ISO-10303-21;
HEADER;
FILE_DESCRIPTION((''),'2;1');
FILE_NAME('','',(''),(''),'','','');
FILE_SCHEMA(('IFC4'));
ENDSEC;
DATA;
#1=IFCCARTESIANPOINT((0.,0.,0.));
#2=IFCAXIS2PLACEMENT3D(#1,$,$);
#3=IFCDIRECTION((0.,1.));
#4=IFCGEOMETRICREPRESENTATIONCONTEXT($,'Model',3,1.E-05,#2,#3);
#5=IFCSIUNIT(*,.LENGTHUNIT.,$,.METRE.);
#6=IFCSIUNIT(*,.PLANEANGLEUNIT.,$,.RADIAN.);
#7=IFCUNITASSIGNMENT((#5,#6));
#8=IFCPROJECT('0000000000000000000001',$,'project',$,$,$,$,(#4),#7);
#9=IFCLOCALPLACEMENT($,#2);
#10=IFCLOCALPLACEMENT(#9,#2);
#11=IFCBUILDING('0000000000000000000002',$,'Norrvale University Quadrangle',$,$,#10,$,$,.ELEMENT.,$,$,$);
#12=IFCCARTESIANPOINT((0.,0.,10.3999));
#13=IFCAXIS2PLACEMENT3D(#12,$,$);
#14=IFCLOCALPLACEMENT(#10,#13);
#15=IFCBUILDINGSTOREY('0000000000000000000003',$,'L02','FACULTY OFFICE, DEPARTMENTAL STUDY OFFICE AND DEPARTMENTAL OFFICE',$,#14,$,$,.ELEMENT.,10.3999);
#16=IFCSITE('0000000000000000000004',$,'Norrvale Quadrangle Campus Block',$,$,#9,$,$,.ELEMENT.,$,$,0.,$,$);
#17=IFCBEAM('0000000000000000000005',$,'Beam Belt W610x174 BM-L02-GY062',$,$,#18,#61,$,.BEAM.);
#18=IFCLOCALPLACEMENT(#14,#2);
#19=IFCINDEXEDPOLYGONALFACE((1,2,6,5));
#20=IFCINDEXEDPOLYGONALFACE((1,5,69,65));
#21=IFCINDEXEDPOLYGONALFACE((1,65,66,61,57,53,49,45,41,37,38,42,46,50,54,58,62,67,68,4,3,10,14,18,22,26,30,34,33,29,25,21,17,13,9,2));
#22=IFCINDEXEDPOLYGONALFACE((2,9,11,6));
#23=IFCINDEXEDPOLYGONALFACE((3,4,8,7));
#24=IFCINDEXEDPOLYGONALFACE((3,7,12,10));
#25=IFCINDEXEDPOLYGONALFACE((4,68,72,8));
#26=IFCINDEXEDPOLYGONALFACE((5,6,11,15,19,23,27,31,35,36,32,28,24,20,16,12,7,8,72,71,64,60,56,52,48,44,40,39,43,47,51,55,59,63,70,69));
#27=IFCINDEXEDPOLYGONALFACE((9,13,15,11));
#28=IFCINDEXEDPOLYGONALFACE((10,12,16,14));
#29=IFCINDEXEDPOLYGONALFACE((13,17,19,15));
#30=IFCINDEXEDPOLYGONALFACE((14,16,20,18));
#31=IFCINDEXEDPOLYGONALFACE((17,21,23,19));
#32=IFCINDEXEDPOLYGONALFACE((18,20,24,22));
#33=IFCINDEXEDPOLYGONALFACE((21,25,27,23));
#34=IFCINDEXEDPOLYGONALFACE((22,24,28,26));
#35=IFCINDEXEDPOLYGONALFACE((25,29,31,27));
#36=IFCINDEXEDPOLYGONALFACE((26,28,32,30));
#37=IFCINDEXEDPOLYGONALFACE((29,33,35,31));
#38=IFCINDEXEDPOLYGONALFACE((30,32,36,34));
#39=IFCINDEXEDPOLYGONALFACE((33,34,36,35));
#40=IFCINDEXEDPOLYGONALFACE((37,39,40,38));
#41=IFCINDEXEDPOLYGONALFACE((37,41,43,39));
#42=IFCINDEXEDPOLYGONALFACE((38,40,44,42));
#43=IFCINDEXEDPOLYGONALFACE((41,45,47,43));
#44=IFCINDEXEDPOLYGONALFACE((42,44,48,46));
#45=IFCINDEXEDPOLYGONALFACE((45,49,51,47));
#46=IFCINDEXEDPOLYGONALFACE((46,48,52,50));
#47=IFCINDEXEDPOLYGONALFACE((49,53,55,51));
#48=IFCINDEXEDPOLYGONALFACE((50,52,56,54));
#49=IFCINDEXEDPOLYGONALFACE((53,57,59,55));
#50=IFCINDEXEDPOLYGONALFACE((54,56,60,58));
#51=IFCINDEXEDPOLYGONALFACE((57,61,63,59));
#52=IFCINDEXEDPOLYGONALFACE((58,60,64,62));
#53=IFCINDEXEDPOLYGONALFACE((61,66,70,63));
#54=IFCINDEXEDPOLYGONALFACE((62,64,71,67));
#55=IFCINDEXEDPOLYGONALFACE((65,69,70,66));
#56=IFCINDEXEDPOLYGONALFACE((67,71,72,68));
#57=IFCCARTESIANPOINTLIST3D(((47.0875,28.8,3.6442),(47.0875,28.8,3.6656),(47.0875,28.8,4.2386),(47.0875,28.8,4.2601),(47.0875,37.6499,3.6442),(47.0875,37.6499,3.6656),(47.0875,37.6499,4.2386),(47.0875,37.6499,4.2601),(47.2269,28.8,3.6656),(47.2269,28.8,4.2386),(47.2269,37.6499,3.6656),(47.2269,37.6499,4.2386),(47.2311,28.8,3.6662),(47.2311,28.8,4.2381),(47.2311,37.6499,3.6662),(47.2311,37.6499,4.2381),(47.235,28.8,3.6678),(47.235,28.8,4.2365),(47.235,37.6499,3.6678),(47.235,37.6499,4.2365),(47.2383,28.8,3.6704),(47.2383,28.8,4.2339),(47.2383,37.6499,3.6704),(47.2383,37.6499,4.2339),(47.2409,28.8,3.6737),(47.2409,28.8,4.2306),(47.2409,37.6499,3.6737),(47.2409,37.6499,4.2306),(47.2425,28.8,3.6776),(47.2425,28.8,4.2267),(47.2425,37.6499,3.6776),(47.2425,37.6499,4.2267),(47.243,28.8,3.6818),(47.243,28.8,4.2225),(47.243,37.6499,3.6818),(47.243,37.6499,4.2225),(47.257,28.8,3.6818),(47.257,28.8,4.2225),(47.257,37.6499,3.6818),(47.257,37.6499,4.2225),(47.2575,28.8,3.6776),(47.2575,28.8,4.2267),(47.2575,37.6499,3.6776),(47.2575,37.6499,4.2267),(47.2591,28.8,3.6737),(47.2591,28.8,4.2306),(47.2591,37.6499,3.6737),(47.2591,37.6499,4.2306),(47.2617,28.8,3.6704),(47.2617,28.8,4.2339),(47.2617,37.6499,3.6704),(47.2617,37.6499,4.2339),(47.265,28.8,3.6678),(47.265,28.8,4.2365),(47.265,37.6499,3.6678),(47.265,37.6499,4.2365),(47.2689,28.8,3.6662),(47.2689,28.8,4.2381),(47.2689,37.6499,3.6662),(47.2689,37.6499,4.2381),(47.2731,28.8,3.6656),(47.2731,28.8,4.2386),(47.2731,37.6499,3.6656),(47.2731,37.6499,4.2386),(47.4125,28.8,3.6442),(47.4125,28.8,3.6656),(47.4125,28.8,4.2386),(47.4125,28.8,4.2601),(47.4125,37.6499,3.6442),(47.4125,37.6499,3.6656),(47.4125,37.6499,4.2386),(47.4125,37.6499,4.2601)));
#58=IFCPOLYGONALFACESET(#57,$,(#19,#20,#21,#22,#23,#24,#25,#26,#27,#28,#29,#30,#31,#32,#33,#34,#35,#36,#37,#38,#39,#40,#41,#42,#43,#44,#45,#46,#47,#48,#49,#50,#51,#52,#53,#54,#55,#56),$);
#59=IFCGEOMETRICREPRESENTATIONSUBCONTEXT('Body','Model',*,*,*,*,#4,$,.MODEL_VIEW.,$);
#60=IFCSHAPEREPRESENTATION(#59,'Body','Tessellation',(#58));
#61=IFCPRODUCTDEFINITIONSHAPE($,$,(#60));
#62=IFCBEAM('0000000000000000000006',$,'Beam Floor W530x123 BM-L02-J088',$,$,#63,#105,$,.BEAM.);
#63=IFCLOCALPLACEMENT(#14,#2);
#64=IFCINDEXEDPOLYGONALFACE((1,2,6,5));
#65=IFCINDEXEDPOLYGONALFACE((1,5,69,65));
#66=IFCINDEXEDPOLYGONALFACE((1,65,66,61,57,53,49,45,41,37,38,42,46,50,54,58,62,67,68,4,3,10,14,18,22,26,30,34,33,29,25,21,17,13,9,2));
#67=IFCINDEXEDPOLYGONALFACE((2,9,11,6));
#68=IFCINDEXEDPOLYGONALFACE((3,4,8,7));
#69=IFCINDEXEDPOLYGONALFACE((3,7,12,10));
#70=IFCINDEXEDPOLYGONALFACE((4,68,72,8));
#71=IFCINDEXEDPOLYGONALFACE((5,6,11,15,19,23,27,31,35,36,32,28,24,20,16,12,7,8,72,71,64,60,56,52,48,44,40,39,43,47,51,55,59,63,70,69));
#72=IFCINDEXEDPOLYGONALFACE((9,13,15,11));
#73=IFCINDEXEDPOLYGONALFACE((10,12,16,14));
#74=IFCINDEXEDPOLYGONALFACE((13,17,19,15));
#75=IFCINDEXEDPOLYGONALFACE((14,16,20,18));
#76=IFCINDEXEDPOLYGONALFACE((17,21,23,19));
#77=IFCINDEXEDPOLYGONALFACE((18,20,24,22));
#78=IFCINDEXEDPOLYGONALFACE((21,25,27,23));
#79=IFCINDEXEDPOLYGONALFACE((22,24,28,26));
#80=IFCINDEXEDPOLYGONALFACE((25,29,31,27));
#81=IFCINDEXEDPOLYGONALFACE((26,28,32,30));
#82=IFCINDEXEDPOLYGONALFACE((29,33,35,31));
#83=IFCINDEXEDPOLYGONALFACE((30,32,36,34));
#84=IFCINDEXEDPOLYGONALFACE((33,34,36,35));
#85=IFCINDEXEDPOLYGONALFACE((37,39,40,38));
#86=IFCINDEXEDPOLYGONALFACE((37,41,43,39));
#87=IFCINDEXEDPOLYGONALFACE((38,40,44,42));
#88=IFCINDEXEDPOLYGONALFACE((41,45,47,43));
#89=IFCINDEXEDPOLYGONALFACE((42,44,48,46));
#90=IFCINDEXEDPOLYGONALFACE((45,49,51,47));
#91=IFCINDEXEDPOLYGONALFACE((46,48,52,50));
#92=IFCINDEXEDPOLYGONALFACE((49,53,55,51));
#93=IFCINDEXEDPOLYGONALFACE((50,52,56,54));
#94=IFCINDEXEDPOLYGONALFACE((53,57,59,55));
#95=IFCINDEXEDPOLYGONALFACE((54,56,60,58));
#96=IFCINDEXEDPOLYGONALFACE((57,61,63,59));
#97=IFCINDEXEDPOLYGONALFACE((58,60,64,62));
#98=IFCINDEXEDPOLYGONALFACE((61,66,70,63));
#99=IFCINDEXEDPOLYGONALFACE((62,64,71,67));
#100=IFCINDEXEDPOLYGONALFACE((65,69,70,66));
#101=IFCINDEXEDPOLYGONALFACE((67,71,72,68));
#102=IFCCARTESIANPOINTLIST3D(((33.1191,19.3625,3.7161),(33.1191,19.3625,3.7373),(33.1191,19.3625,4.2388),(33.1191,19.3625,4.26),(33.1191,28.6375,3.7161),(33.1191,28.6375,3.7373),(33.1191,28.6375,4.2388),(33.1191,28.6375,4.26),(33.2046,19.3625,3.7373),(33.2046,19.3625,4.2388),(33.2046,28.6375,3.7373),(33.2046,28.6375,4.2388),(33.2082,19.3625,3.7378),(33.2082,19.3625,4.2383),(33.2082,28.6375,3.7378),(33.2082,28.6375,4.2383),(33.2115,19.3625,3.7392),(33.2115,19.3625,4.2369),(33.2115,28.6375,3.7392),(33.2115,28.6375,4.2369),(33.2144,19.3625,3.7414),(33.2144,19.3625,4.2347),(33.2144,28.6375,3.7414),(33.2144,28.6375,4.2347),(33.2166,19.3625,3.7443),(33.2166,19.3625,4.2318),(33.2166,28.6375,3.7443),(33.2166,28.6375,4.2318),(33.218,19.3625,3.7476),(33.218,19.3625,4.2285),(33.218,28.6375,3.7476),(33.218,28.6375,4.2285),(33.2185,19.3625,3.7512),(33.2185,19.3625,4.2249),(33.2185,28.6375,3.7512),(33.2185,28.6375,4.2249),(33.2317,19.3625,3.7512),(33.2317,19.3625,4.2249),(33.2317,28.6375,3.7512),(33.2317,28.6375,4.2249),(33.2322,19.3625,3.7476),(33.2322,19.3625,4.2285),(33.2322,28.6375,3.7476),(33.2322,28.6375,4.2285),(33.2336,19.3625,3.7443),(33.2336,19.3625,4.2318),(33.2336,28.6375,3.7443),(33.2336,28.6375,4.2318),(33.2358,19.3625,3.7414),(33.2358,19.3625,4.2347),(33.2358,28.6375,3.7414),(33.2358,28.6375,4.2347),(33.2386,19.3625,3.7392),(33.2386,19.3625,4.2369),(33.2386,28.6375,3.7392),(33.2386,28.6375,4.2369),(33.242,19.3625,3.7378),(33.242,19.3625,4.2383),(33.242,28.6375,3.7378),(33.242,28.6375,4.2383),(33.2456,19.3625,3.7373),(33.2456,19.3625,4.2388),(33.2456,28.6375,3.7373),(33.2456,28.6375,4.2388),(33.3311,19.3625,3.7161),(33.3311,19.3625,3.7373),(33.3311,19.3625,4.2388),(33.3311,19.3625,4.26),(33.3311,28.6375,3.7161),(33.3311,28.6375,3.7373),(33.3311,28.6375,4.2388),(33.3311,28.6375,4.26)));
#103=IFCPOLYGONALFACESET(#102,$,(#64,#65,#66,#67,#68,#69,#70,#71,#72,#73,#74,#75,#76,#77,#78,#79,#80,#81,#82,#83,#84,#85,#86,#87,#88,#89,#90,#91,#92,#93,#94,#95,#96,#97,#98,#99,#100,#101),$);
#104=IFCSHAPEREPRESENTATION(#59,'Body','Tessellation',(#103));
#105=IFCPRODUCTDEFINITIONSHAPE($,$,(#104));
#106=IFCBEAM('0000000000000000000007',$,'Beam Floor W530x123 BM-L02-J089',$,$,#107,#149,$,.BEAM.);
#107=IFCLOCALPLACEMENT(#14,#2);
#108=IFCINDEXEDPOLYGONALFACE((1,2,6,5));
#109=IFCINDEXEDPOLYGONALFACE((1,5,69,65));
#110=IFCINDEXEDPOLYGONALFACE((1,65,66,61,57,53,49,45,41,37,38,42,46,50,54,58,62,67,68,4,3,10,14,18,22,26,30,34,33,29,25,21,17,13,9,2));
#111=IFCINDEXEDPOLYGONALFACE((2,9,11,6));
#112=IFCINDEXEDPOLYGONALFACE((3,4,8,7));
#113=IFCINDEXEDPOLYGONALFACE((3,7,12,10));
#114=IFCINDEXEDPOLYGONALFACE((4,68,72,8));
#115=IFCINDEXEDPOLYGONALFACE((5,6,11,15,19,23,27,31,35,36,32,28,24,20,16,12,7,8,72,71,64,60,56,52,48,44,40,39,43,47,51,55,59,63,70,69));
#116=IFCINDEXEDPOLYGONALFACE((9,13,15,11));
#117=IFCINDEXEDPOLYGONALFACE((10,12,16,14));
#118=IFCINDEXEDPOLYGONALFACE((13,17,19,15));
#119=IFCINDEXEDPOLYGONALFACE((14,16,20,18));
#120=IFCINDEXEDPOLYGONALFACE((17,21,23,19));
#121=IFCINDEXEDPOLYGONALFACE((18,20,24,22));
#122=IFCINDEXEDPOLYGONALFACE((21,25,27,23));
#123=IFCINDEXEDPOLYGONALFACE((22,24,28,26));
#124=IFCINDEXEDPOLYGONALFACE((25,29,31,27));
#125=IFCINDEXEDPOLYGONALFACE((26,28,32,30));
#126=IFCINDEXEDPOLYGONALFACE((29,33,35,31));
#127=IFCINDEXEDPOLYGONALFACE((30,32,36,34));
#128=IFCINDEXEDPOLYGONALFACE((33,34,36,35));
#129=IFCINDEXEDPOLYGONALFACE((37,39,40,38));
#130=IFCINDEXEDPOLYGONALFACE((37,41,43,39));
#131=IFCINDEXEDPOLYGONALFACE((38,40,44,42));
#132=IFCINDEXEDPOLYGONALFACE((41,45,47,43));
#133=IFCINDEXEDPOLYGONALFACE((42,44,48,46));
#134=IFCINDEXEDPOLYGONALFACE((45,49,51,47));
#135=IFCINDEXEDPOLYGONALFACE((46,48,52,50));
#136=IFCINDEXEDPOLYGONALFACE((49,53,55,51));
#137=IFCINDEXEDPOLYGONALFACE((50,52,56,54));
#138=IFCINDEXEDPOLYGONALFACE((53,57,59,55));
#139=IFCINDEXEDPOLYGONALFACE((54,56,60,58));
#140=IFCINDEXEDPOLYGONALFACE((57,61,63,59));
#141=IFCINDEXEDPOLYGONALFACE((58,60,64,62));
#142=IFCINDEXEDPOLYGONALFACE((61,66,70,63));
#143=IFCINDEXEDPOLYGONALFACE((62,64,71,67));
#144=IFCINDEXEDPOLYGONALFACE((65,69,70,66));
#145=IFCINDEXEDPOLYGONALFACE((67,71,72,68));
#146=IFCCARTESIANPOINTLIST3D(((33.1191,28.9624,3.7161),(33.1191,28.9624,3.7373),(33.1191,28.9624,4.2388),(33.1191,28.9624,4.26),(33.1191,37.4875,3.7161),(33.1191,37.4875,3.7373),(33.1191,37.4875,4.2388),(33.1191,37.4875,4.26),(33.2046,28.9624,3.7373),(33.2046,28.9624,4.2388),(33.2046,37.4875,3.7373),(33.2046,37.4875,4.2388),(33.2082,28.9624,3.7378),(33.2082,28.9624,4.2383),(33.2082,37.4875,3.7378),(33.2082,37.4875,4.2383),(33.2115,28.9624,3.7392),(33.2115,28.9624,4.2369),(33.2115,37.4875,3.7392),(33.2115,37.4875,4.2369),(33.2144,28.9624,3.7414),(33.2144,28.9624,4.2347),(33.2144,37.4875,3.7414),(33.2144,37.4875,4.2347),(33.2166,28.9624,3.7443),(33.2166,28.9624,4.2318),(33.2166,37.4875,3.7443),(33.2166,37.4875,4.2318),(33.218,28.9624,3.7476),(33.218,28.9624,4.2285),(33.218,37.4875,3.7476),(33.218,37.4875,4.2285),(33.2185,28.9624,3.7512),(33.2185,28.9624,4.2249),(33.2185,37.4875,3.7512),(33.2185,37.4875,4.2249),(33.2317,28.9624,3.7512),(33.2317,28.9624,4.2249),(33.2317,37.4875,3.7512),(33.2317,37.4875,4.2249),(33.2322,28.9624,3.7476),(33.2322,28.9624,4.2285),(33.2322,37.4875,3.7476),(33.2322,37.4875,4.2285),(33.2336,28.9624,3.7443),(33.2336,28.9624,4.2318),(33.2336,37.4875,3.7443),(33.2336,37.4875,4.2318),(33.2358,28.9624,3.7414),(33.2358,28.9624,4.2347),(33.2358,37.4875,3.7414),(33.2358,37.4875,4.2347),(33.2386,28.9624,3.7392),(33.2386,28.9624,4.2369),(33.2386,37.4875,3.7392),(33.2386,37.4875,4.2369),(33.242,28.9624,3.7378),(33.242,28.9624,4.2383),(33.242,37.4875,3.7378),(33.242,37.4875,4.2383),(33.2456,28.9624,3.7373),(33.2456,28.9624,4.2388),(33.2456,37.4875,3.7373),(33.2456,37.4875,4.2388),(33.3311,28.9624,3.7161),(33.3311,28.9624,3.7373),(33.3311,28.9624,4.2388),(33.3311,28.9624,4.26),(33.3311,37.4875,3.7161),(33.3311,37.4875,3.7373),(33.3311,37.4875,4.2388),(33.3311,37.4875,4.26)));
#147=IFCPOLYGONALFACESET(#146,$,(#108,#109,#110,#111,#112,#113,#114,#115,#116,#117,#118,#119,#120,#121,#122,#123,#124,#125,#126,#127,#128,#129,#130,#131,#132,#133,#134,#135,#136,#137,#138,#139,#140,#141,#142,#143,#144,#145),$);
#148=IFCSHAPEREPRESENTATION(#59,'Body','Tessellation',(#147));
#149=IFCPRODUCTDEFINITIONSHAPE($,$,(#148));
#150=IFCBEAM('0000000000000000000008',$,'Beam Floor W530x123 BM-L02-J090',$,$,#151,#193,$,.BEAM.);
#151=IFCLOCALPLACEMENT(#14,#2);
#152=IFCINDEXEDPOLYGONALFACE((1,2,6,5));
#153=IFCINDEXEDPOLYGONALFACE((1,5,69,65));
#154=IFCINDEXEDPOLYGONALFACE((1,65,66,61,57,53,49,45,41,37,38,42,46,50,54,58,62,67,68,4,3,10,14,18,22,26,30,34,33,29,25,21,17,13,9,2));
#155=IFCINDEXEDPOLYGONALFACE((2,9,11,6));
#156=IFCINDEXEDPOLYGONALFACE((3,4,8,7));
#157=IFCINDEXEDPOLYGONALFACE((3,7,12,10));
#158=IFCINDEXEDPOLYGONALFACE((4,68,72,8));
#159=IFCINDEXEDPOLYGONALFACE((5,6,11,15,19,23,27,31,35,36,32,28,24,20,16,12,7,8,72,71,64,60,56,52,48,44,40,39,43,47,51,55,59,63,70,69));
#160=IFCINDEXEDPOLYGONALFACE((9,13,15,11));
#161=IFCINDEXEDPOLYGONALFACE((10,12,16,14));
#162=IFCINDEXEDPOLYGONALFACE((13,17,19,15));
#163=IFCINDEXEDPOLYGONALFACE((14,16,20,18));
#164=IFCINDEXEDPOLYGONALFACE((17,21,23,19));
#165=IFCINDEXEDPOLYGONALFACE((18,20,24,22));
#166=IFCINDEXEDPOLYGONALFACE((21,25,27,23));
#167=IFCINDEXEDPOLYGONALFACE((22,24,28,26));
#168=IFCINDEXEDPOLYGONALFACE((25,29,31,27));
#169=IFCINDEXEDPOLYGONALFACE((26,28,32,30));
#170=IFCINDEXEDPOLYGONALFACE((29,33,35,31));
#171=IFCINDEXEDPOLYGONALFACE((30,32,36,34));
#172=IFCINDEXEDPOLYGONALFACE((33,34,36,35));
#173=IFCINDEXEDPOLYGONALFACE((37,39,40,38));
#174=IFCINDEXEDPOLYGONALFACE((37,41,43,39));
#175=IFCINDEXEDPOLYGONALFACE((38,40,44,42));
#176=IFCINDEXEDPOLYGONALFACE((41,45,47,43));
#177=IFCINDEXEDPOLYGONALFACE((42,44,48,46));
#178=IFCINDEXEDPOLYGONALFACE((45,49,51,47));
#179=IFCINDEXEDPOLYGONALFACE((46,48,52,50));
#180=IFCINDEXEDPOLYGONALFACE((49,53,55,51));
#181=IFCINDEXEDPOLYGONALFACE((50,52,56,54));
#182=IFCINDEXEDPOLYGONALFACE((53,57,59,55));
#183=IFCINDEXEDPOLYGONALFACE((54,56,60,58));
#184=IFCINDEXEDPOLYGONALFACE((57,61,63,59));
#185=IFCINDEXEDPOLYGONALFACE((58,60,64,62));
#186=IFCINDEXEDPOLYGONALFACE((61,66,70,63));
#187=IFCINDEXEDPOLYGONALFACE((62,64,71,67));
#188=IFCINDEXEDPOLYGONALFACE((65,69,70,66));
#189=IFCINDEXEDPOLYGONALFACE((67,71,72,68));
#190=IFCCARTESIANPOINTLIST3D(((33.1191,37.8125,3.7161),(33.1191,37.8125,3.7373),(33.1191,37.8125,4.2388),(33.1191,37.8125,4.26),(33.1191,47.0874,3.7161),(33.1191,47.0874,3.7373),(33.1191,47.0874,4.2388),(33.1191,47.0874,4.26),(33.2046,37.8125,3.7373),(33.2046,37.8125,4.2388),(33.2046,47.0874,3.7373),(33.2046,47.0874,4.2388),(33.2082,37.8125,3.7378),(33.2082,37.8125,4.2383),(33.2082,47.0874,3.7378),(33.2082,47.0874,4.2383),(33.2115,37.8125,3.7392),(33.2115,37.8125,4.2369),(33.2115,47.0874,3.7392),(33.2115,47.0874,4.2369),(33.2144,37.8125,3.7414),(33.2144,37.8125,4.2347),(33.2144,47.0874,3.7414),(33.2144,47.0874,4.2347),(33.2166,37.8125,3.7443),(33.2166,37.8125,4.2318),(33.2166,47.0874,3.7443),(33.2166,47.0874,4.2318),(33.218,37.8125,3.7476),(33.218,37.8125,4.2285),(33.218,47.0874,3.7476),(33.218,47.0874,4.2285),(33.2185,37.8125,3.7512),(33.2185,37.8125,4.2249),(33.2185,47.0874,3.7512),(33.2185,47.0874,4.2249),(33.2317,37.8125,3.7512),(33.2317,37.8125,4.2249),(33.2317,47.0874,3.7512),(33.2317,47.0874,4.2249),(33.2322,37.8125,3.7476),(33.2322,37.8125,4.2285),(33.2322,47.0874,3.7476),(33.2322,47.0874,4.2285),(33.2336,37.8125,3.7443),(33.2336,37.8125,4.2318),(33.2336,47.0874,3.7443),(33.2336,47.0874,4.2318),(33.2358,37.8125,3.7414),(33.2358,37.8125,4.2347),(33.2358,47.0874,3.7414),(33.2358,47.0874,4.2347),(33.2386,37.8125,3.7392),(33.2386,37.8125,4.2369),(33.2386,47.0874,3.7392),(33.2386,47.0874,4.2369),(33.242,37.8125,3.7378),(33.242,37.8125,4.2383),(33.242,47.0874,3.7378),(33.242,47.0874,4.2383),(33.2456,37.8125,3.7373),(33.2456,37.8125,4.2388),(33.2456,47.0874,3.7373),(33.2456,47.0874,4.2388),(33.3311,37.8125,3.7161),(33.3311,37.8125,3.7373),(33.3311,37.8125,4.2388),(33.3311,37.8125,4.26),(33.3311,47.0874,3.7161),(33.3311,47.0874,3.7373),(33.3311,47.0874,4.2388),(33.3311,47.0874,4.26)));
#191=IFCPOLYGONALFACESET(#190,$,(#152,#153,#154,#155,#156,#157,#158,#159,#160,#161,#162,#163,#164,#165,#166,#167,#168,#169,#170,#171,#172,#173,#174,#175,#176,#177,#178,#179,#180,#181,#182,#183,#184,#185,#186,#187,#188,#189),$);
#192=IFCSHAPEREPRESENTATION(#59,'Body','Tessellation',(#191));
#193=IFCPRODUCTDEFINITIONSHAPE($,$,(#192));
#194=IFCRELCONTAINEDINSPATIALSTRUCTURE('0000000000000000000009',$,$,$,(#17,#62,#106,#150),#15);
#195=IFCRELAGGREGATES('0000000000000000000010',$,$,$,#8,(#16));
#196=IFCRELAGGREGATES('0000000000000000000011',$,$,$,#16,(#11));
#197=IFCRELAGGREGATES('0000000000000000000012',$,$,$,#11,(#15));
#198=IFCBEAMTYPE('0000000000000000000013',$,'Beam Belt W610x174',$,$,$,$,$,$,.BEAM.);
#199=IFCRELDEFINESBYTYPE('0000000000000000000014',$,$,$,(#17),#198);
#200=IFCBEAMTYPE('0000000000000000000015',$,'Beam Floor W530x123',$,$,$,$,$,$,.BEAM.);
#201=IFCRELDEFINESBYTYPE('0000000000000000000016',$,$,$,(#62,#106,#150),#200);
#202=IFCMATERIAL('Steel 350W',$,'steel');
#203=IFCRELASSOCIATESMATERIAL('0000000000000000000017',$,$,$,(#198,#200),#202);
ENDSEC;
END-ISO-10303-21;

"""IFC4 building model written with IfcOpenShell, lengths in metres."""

from ifc_helpers import new_model, si_unit, direction, frame, origin, origin_2d, place, context, subcontext, project, spatial, i_section, extrude, material, material_profile, profile_set, type_object, element, save


model = new_model("IFC4")

# Units and contexts
model_context = context("Model", 3, precision=1e-05, world=origin(), true_north=direction((0.0, 1.0)))
body_context = subcontext(model_context, "Body", "Model", "MODEL_VIEW")
ifc_project = project(units=[si_unit("LENGTHUNIT", "METRE"), si_unit("PLANEANGLEUNIT", "RADIAN")], contexts=[model_context])

# Site, building, storey
site_placement = place(None, origin())
site = spatial("IfcSite", under=ifc_project, at=site_placement, Name="Norrvale Quadrangle Campus Block", CompositionType="ELEMENT", RefElevation=0.0)
building_placement = place(site_placement, origin())
building = spatial("IfcBuilding", under=site, at=building_placement, Name="Norrvale University Quadrangle", CompositionType="ELEMENT")
storey_placement = place(building_placement, frame((0.0, 0.0, 10.3999)))
storey = spatial("IfcBuildingStorey", under=building, at=storey_placement, Name="L02", Description="FACULTY OFFICE, DEPARTMENTAL STUDY OFFICE AND DEPARTMENTAL OFFICE", CompositionType="ELEMENT", Elevation=10.3999)

# Beams
ifc_material_1 = material(Name="Steel 350W", Category="steel")
ifc_material_profile_1 = material_profile(ifc_material_1, i_section(OverallWidth=0.325, OverallDepth=0.616, WebThickness=0.0139, FlangeThickness=0.0215, FilletRadius=0.0161, at=origin_2d()), Name="Steel 350W")
ifc_profile_set_1 = profile_set([ifc_material_profile_1], Name="Steel 350W")
beam_type_1 = type_object("IfcBeamType", Name="Beam Belt W610x174", PredefinedType="BEAM", material=ifc_profile_set_1)
beam_1_placement = place(storey_placement, frame((47.25, 28.8, 3.9521), z_axis=(0.0, 1.0, 0.0), x_axis=(-1.0, 0.0, 0.0)))
element("IfcBeam", 1, at=beam_1_placement, inside=storey, type_object=beam_type_1, Name="Beam Belt W610x174 BM-L02-GY062", PredefinedType="BEAM", context=body_context, shape_type="SweptSolid", body=[
    extrude(i_section(OverallWidth=0.325, OverallDepth=0.616, WebThickness=0.0139, FlangeThickness=0.0215, FilletRadius=0.0161, at=origin_2d()), origin(), (0.0, 0.0, 1.0), 8.8499),
])
ifc_material_profile_2 = material_profile(ifc_material_1, i_section(OverallWidth=0.2119, OverallDepth=0.5439, WebThickness=0.0132, FlangeThickness=0.0212, FilletRadius=0.0139, at=origin_2d()), Name="Steel 350W")
ifc_profile_set_2 = profile_set([ifc_material_profile_2], Name="Steel 350W")
beam_type_2 = type_object("IfcBeamType", Name="Beam Floor W530x123", PredefinedType="BEAM", material=ifc_profile_set_2)
beam_2_placement = place(storey_placement, frame((33.2251, 19.3625, 3.988), z_axis=(0.0, 1.0, 0.0), x_axis=(-1.0, 0.0, 0.0)))
element("IfcBeam", 2, at=beam_2_placement, inside=storey, type_object=beam_type_2, Name="Beam Floor W530x123 BM-L02-J088", PredefinedType="BEAM", context=body_context, shape_type="SweptSolid", body=[
    extrude(i_section(OverallWidth=0.2119, OverallDepth=0.5439, WebThickness=0.0132, FlangeThickness=0.0212, FilletRadius=0.0139, at=origin_2d()), origin(), (0.0, 0.0, 1.0), 9.2749),
])
beam_3_placement = place(storey_placement, frame((33.2251, 28.9624, 3.988), z_axis=(0.0, 1.0, 0.0), x_axis=(-1.0, 0.0, 0.0)))
element("IfcBeam", 3, at=beam_3_placement, inside=storey, type_object=beam_type_2, Name="Beam Floor W530x123 BM-L02-J089", PredefinedType="BEAM", context=body_context, shape_type="SweptSolid", body=[
    extrude(i_section(OverallWidth=0.2119, OverallDepth=0.5439, WebThickness=0.0132, FlangeThickness=0.0212, FilletRadius=0.0139, at=origin_2d()), origin(), (0.0, 0.0, 1.0), 8.5251),
])
for number, where, z_axis, x_axis, name in (
    (4, (33.2251, 37.8125, 3.988), (0.0, 1.0, 0.0), (-1.0, 0.0, 0.0), "Beam Floor W530x123 BM-L02-J090"),
):
    element("IfcBeam", number, at=place(storey_placement, frame(where, z_axis=z_axis, x_axis=x_axis)), inside=storey, type_object=beam_type_2, Name=name, PredefinedType="BEAM", context=body_context, shape_type="SweptSolid", body=[
        extrude(i_section(OverallWidth=0.2119, OverallDepth=0.5439, WebThickness=0.0132, FlangeThickness=0.0212, FilletRadius=0.0139, at=origin_2d()), origin(), (0.0, 0.0, 1.0), 9.2749),
    ])

save(model, "model.ifc")
